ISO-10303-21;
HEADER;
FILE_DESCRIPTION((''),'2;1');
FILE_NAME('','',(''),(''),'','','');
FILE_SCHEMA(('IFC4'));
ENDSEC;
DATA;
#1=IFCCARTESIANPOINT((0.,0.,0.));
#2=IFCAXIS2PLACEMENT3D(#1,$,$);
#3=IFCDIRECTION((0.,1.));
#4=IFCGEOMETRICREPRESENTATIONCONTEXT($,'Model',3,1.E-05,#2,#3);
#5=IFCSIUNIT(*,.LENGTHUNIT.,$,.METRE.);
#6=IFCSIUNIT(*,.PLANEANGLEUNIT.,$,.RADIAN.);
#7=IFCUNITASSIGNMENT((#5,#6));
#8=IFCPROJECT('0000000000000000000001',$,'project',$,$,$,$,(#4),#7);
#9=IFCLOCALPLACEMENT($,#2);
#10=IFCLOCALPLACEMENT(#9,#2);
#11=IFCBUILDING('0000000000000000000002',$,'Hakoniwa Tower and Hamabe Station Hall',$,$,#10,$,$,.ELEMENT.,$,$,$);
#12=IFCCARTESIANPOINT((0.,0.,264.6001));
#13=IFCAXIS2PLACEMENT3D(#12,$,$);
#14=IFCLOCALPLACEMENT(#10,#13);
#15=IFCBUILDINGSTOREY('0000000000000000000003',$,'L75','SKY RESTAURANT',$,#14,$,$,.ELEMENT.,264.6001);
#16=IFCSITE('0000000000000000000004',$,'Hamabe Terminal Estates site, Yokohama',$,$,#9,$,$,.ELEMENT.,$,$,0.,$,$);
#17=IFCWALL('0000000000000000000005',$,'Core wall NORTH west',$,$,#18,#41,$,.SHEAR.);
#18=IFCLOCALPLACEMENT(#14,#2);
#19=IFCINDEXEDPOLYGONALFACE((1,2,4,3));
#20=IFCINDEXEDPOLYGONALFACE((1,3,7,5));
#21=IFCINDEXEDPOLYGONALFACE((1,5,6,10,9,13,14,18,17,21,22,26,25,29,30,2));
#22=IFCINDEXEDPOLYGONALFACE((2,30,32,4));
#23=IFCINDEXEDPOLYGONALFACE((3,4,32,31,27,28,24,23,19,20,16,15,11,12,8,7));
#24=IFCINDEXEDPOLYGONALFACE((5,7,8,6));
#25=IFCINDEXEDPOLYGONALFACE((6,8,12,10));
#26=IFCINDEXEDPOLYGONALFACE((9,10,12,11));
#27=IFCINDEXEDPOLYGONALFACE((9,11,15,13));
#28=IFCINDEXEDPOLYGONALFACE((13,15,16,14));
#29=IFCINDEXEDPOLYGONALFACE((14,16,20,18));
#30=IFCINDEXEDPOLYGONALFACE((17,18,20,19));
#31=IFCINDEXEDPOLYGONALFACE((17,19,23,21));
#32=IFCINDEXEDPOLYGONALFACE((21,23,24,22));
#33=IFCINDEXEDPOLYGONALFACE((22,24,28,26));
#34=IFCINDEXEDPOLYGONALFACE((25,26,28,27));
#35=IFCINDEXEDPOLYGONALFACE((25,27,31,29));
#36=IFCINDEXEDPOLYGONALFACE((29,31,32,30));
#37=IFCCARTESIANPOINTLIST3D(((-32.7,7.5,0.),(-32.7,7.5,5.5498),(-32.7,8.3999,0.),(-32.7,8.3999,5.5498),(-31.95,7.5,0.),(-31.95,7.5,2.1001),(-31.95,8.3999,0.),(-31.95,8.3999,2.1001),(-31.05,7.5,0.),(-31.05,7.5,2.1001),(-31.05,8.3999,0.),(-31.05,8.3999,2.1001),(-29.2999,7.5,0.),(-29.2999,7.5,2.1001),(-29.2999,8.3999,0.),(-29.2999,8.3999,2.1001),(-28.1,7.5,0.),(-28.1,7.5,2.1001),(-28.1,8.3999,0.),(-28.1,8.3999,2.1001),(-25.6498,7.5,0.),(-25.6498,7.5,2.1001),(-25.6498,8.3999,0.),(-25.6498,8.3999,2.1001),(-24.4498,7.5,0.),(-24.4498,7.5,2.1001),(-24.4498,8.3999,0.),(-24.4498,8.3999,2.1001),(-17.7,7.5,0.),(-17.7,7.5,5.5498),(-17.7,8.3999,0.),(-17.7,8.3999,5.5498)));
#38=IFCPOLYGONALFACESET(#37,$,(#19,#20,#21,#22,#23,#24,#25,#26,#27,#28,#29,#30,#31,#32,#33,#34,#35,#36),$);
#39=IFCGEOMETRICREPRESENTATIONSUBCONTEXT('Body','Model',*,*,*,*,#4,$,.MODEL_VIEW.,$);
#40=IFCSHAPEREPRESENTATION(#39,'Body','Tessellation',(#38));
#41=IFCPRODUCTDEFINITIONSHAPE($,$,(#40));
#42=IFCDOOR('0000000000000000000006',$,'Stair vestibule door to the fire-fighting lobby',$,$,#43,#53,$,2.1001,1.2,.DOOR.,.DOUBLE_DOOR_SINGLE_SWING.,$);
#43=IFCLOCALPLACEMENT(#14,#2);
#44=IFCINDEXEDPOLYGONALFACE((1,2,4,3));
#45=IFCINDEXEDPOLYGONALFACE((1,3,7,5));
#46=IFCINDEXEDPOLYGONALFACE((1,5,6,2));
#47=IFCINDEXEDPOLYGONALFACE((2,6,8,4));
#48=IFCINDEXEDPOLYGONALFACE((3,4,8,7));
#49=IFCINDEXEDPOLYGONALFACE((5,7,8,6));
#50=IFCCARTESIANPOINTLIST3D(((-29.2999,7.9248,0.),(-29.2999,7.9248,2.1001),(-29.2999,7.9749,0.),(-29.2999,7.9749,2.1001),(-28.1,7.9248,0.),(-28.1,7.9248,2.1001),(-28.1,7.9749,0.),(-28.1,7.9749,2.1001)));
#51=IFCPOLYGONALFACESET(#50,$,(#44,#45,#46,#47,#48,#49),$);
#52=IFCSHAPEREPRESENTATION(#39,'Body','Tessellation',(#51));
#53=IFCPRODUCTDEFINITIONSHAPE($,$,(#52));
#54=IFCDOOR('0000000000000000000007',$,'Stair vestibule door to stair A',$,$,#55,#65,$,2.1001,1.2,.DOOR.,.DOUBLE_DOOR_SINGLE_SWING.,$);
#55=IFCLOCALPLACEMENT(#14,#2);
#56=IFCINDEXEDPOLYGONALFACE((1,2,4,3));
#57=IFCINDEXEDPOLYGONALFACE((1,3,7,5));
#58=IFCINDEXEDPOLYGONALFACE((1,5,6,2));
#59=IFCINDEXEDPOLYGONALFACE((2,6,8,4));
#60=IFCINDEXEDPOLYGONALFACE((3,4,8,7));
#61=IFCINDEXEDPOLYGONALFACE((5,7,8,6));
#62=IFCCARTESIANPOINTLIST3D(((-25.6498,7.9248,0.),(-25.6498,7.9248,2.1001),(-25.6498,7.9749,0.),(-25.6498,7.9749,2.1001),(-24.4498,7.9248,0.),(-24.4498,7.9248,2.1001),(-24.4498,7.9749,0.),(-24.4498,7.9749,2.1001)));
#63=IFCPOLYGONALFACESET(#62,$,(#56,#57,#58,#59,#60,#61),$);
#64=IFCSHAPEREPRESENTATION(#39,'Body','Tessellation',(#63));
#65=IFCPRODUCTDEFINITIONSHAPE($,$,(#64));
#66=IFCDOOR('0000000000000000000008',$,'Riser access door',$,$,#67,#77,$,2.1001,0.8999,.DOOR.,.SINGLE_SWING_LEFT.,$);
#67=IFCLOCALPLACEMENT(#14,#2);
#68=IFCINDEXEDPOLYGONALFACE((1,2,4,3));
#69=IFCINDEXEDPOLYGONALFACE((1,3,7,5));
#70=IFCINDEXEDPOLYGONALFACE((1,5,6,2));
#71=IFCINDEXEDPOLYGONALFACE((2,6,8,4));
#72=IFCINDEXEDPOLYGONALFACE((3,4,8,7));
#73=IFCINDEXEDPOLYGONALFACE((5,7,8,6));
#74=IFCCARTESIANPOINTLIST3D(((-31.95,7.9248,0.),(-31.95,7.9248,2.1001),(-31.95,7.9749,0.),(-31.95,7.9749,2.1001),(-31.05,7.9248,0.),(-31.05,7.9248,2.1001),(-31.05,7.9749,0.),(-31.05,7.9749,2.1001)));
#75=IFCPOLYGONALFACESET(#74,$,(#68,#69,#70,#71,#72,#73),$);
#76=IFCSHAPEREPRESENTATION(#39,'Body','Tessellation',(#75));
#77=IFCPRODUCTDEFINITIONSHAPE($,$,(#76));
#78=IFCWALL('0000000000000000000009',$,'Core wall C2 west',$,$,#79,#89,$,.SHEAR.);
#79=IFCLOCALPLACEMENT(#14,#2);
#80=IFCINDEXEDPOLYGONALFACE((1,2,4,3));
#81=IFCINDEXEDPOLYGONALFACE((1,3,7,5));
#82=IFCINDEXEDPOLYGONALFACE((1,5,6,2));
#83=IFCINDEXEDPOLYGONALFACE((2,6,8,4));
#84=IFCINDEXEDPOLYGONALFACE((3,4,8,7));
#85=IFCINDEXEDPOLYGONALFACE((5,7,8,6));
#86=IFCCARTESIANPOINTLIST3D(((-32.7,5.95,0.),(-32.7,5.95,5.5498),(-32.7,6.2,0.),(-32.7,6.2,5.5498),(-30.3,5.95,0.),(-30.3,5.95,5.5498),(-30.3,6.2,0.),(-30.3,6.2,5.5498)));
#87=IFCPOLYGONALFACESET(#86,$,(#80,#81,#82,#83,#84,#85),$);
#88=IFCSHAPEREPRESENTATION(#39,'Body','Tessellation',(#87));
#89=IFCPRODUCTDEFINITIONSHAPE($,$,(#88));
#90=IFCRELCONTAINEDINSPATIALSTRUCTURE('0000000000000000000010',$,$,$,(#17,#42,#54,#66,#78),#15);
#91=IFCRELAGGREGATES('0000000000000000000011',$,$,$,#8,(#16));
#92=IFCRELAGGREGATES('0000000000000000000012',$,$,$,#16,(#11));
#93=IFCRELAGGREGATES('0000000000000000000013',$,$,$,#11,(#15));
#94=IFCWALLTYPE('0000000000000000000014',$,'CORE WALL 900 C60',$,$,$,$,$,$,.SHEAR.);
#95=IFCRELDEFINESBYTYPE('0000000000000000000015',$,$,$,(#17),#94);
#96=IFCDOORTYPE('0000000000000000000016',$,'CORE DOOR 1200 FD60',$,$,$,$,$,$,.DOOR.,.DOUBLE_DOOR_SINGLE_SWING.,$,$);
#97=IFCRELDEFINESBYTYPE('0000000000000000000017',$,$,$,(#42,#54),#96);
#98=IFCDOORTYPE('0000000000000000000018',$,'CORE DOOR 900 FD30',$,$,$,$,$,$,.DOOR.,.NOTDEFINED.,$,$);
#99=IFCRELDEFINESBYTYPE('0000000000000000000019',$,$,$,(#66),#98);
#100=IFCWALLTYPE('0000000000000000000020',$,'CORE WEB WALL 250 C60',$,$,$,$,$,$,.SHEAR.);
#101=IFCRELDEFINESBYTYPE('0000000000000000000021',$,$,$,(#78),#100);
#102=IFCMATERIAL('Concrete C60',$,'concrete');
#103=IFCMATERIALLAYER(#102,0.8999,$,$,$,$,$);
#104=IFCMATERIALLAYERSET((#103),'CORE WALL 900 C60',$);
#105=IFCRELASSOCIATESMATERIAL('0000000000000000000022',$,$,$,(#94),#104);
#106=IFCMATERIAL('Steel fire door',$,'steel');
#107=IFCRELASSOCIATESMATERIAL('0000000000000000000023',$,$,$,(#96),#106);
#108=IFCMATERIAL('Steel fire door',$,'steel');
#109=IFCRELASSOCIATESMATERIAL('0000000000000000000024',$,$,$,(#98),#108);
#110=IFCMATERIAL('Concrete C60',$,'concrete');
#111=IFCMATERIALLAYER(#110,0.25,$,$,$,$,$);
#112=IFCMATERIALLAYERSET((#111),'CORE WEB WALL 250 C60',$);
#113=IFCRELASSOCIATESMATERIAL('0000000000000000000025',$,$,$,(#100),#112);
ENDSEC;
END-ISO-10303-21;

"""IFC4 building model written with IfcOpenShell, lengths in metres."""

from ifc_helpers import new_model, si_unit, direction, frame, frame_2d, origin, place, context, subcontext, project, spatial, rectangle, extrude, material, layer, layer_set, type_object, element, fill, save


model = new_model("IFC4")

# Units and contexts
model_context = context("Model", 3, precision=1e-05, world=origin(), true_north=direction((0.0, 1.0)))
body_context = subcontext(model_context, "Body", "Model", "MODEL_VIEW")
ifc_project = project(units=[si_unit("LENGTHUNIT", "METRE"), si_unit("PLANEANGLEUNIT", "RADIAN")], contexts=[model_context])

# Site, building, storey
site_placement = place(None, origin())
site = spatial("IfcSite", under=ifc_project, at=site_placement, Name="Hamabe Terminal Estates site, Yokohama", CompositionType="ELEMENT", RefElevation=0.0)
building_placement = place(site_placement, origin())
building = spatial("IfcBuilding", under=site, at=building_placement, Name="Hakoniwa Tower and Hamabe Station Hall", CompositionType="ELEMENT")
storey_placement = place(building_placement, frame((0.0, 0.0, 264.6001)))
storey = spatial("IfcBuildingStorey", under=building, at=storey_placement, Name="L75", Description="SKY RESTAURANT", CompositionType="ELEMENT", Elevation=264.6001)

# Wall, openings, doors
ifc_material_1 = material(Name="Concrete C60", Category="concrete")
ifc_layer_1 = layer(ifc_material_1, 0.8999)
ifc_layer_set_1 = layer_set([ifc_layer_1], Name="CORE WALL 900 C60")
wall_type_1 = type_object("IfcWallType", Name="CORE WALL 900 C60", PredefinedType="SHEAR", material=ifc_layer_set_1)
wall_1_placement = place(storey_placement, frame((-32.7, 7.95, 0.0), z_axis=(0.0, 0.0, 1.0), x_axis=(1.0, 0.0, 0.0)))
wall_1 = element("IfcWall", 1, at=wall_1_placement, inside=storey, type_object=wall_type_1, Name="Core wall NORTH west", PredefinedType="SHEAR", context=body_context, shape_type="SweptSolid", body=[
    extrude(rectangle(XDim=15.0, YDim=0.8999, at=frame_2d((7.5, 0.0))), origin(), (0.0, 0.0, 1.0), 5.5498),
])
opening_1_placement = place(wall_1_placement, frame((3.3999, 0.0, 0.0)))
opening_1 = element("IfcOpeningElement", 2, at=opening_1_placement, cuts=wall_1, PredefinedType="OPENING", context=body_context, shape_type="SweptSolid", body=[
    extrude(rectangle(XDim=1.2, YDim=2.1001, at=frame_2d((0.6001, 1.05))), frame((0.0, 0.46, 0.0), z_axis=(0.0, -1.0, 0.0), x_axis=(1.0, 0.0, 0.0)), (0.0, 0.0, 1.0), 0.9199),
])
opening_2_placement = place(wall_1_placement, frame((0.75, 0.0, 0.0)))
opening_2 = element("IfcOpeningElement", 3, at=opening_2_placement, cuts=wall_1, PredefinedType="OPENING", context=body_context, shape_type="SweptSolid", body=[
    extrude(rectangle(XDim=0.8999, YDim=2.1001, at=frame_2d((0.45, 1.05))), frame((0.0, 0.46, 0.0), z_axis=(0.0, -1.0, 0.0), x_axis=(1.0, 0.0, 0.0)), (0.0, 0.0, 1.0), 0.9199),
])
opening_3_placement = place(wall_1_placement, frame((7.05, 0.0, 0.0)))
opening_3 = element("IfcOpeningElement", 4, at=opening_3_placement, cuts=wall_1, PredefinedType="OPENING", context=body_context, shape_type="SweptSolid", body=[
    extrude(rectangle(XDim=1.2, YDim=2.1001, at=frame_2d((0.6001, 1.05))), frame((0.0, 0.46, 0.0), z_axis=(0.0, -1.0, 0.0), x_axis=(1.0, 0.0, 0.0)), (0.0, 0.0, 1.0), 0.9199),
])
ifc_material_2 = material(Name="Steel fire door", Category="steel")
door_type_1 = type_object("IfcDoorType", Name="CORE DOOR 1200 FD60", OperationType="DOUBLE_DOOR_SINGLE_SWING", PredefinedType="DOOR", material=ifc_material_2)
door_1_placement = place(opening_1_placement, origin())
door_1 = element("IfcDoor", 5, at=door_1_placement, inside=storey, type_object=door_type_1, Name="Stair vestibule door to the fire-fighting lobby", OperationType="DOUBLE_DOOR_SINGLE_SWING", OverallHeight=2.1001, OverallWidth=1.2, PredefinedType="DOOR", context=body_context, shape_type="SweptSolid", body=[
    extrude(rectangle(XDim=1.2, YDim=2.1001, at=frame_2d((0.6001, 1.05))), frame((0.0, 0.0249, 0.0), z_axis=(0.0, -1.0, 0.0), x_axis=(1.0, 0.0, 0.0)), (0.0, 0.0, 1.0), 0.05),
])
fill(opening_1, door_1)
door_2_placement = place(opening_3_placement, origin())
door_2 = element("IfcDoor", 6, at=door_2_placement, inside=storey, type_object=door_type_1, Name="Stair vestibule door to stair A", OperationType="DOUBLE_DOOR_SINGLE_SWING", OverallHeight=2.1001, OverallWidth=1.2, PredefinedType="DOOR", context=body_context, shape_type="SweptSolid", body=[
    extrude(rectangle(XDim=1.2, YDim=2.1001, at=frame_2d((0.6001, 1.05))), frame((0.0, 0.0249, 0.0), z_axis=(0.0, -1.0, 0.0), x_axis=(1.0, 0.0, 0.0)), (0.0, 0.0, 1.0), 0.05),
])
fill(opening_3, door_2)
ifc_material_3 = material(Name="Steel fire door", Category="steel")
door_type_2 = type_object("IfcDoorType", Name="CORE DOOR 900 FD30", OperationType="NOTDEFINED", PredefinedType="DOOR", material=ifc_material_3)
door_3_placement = place(opening_2_placement, origin())
door_3 = element("IfcDoor", 7, at=door_3_placement, inside=storey, type_object=door_type_2, Name="Riser access door", OperationType="SINGLE_SWING_LEFT", OverallHeight=2.1001, OverallWidth=0.8999, PredefinedType="DOOR", context=body_context, shape_type="SweptSolid", body=[
    extrude(rectangle(XDim=0.8999, YDim=2.1001, at=frame_2d((0.45, 1.05))), frame((0.0, 0.0249, 0.0), z_axis=(0.0, -1.0, 0.0), x_axis=(1.0, 0.0, 0.0)), (0.0, 0.0, 1.0), 0.05),
])
fill(opening_2, door_3)

# Wall
ifc_material_4 = material(Name="Concrete C60", Category="concrete")
ifc_layer_2 = layer(ifc_material_4, 0.25)
ifc_layer_set_2 = layer_set([ifc_layer_2], Name="CORE WEB WALL 250 C60")
wall_type_2 = type_object("IfcWallType", Name="CORE WEB WALL 250 C60", PredefinedType="SHEAR", material=ifc_layer_set_2)
wall_2_placement = place(storey_placement, frame((-32.7, 6.075, 0.0), z_axis=(0.0, 0.0, 1.0), x_axis=(1.0, 0.0, 0.0)))
element("IfcWall", 8, at=wall_2_placement, inside=storey, type_object=wall_type_2, Name="Core wall C2 west", PredefinedType="SHEAR", context=body_context, shape_type="SweptSolid", body=[
    extrude(rectangle(XDim=2.3999, YDim=0.25, at=frame_2d((1.2, 0.0))), origin(), (0.0, 0.0, 1.0), 5.5498),
])

save(model, "model.ifc")
